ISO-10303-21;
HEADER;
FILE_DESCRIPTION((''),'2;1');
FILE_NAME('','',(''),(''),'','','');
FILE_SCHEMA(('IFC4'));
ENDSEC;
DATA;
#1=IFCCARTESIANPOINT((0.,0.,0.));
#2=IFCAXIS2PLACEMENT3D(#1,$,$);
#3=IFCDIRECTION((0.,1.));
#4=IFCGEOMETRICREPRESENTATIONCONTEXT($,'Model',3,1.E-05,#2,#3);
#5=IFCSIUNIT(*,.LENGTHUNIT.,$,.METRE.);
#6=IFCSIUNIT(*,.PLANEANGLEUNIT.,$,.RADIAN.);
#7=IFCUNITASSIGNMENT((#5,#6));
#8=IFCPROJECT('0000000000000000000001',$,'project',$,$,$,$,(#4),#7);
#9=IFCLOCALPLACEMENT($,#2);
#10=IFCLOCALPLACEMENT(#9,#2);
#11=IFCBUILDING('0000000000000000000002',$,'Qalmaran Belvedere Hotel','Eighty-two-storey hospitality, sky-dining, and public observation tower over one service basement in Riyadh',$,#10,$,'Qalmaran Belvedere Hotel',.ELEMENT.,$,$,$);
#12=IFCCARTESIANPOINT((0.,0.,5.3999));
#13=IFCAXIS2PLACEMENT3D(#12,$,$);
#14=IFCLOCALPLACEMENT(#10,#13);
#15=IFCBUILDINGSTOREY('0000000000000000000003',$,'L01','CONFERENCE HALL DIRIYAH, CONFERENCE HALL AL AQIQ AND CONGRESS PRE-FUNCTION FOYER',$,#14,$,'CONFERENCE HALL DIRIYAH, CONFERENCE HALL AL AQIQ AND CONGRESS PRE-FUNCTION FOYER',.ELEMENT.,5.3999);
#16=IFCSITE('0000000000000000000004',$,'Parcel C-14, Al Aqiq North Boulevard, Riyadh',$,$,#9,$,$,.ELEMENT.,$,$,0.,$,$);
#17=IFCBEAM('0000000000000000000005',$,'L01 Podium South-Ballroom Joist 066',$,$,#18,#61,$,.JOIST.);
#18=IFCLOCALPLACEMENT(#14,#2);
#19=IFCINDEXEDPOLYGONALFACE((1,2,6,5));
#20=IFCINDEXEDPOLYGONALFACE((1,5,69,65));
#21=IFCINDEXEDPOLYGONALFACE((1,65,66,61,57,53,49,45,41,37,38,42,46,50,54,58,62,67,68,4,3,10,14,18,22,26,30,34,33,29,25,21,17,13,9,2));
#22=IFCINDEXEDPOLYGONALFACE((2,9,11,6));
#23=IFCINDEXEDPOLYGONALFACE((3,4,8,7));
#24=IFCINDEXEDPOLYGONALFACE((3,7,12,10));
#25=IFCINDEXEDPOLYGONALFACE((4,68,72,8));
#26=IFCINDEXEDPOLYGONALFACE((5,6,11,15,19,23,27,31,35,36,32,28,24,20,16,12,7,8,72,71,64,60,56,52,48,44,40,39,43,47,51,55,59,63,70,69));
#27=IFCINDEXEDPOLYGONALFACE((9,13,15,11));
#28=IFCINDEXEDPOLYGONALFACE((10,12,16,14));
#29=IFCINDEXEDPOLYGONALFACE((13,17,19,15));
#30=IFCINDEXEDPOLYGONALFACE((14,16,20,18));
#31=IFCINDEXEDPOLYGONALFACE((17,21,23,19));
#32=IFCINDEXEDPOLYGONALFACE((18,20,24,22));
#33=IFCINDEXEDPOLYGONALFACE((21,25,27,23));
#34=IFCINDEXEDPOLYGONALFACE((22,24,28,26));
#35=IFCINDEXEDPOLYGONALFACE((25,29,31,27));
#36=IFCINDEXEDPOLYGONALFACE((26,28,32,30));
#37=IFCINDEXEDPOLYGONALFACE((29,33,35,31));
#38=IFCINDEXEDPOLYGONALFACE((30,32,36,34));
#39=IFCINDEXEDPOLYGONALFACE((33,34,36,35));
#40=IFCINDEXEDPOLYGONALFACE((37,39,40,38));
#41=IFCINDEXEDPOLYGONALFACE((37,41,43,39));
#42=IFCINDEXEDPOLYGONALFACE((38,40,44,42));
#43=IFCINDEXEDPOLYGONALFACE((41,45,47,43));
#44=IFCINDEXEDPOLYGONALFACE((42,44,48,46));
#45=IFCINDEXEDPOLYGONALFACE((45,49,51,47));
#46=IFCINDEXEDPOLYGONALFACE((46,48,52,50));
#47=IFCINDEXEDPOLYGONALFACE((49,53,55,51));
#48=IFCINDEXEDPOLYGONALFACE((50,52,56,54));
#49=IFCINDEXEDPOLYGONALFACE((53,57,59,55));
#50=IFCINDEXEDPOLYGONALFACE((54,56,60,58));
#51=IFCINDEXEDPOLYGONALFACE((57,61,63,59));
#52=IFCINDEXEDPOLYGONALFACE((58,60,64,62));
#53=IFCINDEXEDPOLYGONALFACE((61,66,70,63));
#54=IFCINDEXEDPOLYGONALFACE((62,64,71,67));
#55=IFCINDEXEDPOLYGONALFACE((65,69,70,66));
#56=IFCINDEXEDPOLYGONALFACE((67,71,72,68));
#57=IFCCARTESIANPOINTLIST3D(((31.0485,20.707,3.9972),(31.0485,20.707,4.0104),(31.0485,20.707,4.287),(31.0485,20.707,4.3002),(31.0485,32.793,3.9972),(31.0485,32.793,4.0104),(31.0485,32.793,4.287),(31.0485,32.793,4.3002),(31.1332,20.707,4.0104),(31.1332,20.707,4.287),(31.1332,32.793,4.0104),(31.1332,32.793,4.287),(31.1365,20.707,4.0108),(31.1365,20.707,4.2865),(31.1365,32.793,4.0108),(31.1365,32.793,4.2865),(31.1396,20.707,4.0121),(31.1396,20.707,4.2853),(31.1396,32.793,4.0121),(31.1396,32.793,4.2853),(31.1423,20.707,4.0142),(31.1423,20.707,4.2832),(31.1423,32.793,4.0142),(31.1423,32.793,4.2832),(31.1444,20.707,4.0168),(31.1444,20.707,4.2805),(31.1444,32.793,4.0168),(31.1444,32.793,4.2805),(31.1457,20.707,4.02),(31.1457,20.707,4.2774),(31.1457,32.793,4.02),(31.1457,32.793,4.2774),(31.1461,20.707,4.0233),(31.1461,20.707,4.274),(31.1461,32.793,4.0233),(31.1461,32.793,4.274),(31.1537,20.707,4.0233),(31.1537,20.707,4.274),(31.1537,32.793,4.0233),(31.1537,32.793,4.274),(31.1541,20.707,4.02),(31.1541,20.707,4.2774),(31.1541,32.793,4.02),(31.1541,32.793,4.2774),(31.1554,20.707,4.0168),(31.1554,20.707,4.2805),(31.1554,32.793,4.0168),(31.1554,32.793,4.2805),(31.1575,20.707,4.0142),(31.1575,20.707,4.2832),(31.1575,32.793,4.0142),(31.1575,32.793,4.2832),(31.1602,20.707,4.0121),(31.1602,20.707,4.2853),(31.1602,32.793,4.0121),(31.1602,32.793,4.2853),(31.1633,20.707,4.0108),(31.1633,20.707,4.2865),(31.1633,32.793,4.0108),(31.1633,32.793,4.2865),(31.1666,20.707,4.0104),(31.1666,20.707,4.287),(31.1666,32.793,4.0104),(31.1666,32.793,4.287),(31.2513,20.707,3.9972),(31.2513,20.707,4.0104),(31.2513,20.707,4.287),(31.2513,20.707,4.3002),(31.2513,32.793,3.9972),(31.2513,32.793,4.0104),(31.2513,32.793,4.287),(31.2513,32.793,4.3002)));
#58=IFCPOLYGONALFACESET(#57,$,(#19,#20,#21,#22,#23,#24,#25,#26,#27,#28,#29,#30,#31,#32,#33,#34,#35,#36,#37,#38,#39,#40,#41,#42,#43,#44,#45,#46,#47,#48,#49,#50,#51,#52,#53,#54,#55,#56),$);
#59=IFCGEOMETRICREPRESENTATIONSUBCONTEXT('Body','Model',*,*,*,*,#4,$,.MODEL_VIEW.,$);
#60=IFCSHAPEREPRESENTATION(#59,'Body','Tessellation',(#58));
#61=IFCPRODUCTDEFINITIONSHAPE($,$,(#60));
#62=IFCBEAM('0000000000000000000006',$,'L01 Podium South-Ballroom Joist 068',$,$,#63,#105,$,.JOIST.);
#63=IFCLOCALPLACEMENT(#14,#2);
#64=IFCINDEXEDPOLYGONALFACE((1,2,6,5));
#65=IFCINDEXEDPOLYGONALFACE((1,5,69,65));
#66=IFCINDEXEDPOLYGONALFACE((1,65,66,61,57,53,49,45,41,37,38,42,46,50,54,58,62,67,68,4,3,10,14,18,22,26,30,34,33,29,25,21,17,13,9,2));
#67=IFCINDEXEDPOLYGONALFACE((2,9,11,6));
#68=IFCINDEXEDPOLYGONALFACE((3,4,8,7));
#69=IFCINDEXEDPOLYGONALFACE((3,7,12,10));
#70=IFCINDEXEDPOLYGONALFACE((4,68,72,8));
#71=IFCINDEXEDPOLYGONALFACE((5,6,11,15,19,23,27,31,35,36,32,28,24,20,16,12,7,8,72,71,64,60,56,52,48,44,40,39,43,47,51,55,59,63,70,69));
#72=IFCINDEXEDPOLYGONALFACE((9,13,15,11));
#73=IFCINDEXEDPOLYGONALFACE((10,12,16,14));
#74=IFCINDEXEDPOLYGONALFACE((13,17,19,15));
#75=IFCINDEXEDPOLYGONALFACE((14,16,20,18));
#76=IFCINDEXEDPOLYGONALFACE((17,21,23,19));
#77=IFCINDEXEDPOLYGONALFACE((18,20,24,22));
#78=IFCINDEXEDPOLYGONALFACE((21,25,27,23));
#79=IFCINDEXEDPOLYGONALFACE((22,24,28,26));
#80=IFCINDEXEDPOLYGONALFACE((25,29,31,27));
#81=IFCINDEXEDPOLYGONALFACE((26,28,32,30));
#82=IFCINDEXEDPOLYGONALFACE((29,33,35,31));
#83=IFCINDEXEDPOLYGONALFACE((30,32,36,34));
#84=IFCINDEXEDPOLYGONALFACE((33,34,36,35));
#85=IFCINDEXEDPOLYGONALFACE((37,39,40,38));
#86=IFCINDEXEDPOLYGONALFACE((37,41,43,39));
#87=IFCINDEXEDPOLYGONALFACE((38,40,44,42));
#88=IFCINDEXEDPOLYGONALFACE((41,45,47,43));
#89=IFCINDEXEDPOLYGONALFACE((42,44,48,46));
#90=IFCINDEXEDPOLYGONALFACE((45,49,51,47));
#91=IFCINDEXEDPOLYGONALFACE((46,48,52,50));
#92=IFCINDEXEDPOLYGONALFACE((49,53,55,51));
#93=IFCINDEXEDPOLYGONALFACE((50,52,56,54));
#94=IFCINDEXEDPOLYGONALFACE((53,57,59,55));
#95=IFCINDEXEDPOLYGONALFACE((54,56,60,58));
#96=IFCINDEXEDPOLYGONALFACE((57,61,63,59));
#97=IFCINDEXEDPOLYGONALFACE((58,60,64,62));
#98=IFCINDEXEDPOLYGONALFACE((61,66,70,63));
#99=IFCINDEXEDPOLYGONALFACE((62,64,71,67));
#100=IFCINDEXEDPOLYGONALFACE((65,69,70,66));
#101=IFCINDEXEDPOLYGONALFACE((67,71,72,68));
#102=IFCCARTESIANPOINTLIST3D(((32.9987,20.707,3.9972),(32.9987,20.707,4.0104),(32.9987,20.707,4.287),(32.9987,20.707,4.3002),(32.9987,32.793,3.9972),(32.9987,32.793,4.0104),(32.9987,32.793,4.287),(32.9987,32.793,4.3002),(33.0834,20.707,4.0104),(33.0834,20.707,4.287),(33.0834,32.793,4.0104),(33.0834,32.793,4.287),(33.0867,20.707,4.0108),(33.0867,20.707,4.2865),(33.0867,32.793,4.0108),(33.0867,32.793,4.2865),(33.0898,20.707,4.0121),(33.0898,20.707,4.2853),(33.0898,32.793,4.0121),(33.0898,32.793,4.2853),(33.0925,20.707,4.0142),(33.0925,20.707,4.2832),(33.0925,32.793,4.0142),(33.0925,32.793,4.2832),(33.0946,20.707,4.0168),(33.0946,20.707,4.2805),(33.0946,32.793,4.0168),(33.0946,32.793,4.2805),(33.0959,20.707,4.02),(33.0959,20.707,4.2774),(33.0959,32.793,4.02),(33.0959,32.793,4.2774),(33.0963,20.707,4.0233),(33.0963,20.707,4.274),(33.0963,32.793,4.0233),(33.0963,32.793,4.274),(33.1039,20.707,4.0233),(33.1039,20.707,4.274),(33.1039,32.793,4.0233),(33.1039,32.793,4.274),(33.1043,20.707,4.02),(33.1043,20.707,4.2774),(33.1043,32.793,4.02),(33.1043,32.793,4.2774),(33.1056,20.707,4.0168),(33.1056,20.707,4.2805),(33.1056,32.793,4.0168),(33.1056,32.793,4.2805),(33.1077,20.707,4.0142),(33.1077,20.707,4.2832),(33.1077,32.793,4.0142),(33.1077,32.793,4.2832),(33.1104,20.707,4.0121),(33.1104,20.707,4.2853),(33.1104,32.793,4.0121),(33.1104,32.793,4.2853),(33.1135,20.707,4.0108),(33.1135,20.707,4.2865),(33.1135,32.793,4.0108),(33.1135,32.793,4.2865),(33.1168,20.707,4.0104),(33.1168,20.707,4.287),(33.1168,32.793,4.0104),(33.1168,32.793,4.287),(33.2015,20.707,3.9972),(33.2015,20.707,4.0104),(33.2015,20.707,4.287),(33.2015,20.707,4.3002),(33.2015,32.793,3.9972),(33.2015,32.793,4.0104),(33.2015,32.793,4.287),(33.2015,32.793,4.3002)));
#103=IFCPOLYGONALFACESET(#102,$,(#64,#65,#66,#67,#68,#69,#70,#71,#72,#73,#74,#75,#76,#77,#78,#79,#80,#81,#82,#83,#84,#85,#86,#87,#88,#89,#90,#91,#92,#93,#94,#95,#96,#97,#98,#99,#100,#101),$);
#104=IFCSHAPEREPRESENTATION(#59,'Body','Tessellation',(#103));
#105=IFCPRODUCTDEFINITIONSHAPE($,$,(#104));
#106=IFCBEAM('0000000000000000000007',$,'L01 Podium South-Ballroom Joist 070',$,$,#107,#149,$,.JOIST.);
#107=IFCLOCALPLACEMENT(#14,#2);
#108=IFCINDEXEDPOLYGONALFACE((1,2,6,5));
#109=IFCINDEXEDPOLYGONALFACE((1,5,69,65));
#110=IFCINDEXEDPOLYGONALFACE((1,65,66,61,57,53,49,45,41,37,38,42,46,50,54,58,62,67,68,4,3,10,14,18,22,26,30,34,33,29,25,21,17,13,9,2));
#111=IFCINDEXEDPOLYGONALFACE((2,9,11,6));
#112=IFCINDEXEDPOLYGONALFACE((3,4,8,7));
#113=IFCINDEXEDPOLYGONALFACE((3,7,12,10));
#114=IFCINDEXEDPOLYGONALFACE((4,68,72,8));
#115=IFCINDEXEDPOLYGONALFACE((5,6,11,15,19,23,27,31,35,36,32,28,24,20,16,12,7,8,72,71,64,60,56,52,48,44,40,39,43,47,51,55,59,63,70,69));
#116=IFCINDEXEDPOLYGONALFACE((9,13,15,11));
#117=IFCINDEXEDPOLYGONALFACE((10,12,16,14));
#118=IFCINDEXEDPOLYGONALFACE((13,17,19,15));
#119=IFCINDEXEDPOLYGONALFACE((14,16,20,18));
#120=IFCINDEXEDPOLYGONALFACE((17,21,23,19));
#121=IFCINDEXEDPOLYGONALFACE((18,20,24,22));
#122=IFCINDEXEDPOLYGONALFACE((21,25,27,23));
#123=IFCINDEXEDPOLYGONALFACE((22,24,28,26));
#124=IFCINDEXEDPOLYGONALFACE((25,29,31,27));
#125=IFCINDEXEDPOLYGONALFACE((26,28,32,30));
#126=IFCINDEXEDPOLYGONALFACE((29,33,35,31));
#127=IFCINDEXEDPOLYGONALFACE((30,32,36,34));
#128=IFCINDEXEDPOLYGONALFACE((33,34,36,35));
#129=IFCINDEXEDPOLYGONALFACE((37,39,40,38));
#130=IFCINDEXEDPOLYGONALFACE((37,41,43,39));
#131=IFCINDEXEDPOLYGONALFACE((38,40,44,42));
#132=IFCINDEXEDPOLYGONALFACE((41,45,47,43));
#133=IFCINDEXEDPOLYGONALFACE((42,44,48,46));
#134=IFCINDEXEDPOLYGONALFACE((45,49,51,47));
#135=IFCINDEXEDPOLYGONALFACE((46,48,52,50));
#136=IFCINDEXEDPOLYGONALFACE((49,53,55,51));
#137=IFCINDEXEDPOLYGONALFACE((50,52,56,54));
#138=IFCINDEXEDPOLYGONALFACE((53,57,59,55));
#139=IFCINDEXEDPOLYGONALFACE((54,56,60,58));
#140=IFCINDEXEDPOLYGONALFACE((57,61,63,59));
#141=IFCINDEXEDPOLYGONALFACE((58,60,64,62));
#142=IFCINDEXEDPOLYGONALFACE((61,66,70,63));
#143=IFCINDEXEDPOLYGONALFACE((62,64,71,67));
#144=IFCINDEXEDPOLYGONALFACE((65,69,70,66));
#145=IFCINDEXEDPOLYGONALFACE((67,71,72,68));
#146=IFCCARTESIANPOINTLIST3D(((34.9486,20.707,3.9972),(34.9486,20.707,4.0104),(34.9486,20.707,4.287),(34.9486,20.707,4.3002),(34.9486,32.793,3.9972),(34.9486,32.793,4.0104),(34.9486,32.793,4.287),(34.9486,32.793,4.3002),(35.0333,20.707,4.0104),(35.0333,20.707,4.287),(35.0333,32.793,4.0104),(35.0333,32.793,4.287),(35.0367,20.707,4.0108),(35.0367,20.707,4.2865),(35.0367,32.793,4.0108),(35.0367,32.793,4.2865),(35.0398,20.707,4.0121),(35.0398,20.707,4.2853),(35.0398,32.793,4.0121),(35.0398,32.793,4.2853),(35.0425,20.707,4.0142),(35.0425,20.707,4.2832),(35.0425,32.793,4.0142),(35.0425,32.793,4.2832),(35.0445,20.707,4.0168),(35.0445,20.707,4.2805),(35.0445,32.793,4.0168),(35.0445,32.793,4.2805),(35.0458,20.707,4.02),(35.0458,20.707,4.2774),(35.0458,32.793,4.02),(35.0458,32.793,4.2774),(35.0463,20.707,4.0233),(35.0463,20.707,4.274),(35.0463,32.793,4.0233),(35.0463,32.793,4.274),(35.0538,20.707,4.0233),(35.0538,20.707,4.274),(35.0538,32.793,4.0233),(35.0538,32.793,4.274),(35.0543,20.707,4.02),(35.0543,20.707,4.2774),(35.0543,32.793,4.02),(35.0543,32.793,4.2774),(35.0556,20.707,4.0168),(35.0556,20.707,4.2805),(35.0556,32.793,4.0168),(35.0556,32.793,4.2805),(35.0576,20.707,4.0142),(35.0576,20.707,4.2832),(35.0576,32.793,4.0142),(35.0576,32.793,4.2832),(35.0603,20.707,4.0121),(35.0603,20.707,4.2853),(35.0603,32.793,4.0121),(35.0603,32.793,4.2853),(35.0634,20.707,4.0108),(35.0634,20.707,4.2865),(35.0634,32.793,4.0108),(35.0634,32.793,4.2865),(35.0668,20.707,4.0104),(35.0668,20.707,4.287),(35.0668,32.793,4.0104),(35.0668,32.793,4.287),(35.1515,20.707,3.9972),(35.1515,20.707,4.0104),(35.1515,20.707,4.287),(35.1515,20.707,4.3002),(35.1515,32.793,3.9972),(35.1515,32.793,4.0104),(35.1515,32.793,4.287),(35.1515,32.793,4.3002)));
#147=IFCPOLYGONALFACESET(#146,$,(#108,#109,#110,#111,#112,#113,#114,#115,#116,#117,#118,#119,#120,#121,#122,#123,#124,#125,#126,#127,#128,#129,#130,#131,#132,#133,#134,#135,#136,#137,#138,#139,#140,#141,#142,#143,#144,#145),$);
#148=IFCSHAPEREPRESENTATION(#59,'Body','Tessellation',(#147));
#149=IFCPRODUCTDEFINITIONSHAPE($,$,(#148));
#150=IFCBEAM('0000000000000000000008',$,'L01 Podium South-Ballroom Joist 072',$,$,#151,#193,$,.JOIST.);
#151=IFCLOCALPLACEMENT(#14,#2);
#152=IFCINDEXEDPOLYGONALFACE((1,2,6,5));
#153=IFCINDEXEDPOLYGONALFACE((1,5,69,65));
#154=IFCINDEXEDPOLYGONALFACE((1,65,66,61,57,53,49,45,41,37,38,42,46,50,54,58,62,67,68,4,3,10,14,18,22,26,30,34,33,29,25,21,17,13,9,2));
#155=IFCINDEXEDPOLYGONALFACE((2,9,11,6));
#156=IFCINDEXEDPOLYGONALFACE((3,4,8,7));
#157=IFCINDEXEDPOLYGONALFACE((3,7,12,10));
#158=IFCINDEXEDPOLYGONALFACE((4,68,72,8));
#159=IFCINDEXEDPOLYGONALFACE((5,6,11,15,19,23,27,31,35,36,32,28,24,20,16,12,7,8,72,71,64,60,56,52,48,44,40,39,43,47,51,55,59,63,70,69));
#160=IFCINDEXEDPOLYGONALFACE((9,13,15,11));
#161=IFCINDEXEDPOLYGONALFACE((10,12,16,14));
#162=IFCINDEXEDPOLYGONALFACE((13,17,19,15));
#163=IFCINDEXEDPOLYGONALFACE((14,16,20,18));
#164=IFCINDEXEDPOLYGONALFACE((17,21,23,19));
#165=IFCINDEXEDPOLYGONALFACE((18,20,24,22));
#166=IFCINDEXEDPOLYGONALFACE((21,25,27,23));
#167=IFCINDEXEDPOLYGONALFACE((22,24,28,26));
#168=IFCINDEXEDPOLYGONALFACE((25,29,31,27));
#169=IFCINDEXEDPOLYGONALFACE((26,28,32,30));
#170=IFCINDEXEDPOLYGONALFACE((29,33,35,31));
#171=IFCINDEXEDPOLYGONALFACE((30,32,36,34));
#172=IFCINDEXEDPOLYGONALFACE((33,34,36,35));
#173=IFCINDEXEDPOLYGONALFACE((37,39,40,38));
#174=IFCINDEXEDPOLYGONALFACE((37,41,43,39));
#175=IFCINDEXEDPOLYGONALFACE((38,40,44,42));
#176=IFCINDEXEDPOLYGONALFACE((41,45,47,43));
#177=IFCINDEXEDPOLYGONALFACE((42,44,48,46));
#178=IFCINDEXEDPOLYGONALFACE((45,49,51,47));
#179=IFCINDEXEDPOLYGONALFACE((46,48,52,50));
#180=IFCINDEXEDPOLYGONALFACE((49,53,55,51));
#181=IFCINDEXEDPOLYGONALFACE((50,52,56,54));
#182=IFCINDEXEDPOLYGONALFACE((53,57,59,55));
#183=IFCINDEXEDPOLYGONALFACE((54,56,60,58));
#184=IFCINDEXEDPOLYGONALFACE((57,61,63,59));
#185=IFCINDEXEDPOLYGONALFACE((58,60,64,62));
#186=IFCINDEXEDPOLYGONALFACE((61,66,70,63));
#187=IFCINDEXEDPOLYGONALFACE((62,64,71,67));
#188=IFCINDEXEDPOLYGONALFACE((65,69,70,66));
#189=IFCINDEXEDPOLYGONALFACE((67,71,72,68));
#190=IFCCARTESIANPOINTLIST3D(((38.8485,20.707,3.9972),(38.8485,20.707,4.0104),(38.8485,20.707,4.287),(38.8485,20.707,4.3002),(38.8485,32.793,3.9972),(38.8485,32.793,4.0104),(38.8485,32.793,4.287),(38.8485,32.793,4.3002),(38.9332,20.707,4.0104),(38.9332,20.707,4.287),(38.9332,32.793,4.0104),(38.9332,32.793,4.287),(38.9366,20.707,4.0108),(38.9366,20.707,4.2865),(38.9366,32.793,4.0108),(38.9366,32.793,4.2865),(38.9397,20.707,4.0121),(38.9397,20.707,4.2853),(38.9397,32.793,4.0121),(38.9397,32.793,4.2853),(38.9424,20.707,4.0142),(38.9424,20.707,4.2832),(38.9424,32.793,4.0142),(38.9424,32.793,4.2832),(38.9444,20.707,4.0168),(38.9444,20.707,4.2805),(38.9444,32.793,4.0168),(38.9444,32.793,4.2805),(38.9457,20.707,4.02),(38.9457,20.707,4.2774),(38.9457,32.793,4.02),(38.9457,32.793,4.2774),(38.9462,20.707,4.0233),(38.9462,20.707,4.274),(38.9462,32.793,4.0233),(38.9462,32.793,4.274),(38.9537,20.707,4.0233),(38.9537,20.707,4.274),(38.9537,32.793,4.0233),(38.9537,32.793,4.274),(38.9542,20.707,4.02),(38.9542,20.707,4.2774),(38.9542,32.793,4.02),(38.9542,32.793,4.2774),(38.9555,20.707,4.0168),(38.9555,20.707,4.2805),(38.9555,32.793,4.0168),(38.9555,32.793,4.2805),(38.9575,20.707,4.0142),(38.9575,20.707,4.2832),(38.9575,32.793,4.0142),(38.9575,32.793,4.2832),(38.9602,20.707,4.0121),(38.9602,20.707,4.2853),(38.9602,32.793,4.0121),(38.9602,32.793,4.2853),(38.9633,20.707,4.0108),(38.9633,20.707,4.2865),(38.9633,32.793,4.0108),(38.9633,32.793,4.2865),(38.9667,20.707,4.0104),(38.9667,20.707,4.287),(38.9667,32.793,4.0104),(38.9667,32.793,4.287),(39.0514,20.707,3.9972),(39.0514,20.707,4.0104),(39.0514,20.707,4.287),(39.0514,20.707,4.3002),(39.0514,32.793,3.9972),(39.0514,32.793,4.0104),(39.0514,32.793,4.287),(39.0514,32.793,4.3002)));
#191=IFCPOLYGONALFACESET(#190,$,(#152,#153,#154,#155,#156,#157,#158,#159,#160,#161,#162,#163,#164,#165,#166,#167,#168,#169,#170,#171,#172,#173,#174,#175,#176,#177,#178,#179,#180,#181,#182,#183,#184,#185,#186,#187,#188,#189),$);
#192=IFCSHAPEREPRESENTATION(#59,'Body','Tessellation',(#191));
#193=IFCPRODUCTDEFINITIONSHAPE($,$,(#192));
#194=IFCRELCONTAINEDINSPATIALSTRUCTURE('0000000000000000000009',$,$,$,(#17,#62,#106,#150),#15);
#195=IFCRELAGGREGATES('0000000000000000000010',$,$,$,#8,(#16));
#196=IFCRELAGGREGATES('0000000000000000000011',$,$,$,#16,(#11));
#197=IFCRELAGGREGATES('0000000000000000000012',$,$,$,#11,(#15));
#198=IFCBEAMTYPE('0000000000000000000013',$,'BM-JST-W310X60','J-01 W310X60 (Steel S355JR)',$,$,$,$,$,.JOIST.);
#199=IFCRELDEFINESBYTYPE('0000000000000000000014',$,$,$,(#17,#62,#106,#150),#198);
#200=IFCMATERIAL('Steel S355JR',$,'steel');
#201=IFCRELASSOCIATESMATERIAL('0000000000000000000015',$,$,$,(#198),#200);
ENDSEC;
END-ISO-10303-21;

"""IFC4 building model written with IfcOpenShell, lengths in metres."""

from ifc_helpers import new_model, si_unit, direction, frame, origin, origin_2d, place, context, subcontext, project, spatial, i_section, extrude, material, material_profile, profile_set, type_object, element, save


model = new_model("IFC4")

# Units and contexts
model_context = context("Model", 3, precision=1e-05, world=origin(), true_north=direction((0.0, 1.0)))
body_context = subcontext(model_context, "Body", "Model", "MODEL_VIEW")
ifc_project = project(units=[si_unit("LENGTHUNIT", "METRE"), si_unit("PLANEANGLEUNIT", "RADIAN")], contexts=[model_context])

# Site, building, storey
site_placement = place(None, origin())
site = spatial("IfcSite", under=ifc_project, at=site_placement, Name="Parcel C-14, Al Aqiq North Boulevard, Riyadh", CompositionType="ELEMENT", RefElevation=0.0)
building_placement = place(site_placement, origin())
building = spatial("IfcBuilding", under=site, at=building_placement, Name="Qalmaran Belvedere Hotel", Description="Eighty-two-storey hospitality, sky-dining, and public observation tower over one service basement in Riyadh", LongName="Qalmaran Belvedere Hotel", CompositionType="ELEMENT")
storey_placement = place(building_placement, frame((0.0, 0.0, 5.3999)))
storey = spatial("IfcBuildingStorey", under=building, at=storey_placement, Name="L01", Description="CONFERENCE HALL DIRIYAH, CONFERENCE HALL AL AQIQ AND CONGRESS PRE-FUNCTION FOYER", LongName="CONFERENCE HALL DIRIYAH, CONFERENCE HALL AL AQIQ AND CONGRESS PRE-FUNCTION FOYER", CompositionType="ELEMENT", Elevation=5.3999)

# Beams
ifc_material_1 = material(Name="Steel S355JR", Category="steel")
ifc_material_profile_1 = material_profile(ifc_material_1, i_section(OverallWidth=0.2029, OverallDepth=0.303, WebThickness=0.0076, FlangeThickness=0.0132, FilletRadius=0.0129, at=origin_2d()), Name="W310X60")
ifc_profile_set_1 = profile_set([ifc_material_profile_1], Name="Steel S355JR")
beam_type_1 = type_object("IfcBeamType", Name="BM-JST-W310X60", Description="J-01 W310X60 (Steel S355JR)", PredefinedType="JOIST", material=ifc_profile_set_1)
for number, where, z_axis, x_axis, name in (
    (1, (31.1499, 20.707, 4.1487), (0.0, 1.0, 0.0), (-1.0, 0.0, 0.0), "L01 Podium South-Ballroom Joist 066"),
    (2, (33.1001, 20.707, 4.1487), (0.0, 1.0, 0.0), (-1.0, 0.0, 0.0), "L01 Podium South-Ballroom Joist 068"),
    (3, (35.05, 20.707, 4.1487), (0.0, 1.0, 0.0), (-1.0, 0.0, 0.0), "L01 Podium South-Ballroom Joist 070"),
    (4, (38.95, 20.707, 4.1487), (0.0, 1.0, 0.0), (-1.0, 0.0, 0.0), "L01 Podium South-Ballroom Joist 072"),
):
    element("IfcBeam", number, at=place(storey_placement, frame(where, z_axis=z_axis, x_axis=x_axis)), inside=storey, type_object=beam_type_1, Name=name, PredefinedType="JOIST", context=body_context, shape_type="SweptSolid", body=[
        extrude(i_section(OverallWidth=0.2029, OverallDepth=0.303, WebThickness=0.0076, FlangeThickness=0.0132, FilletRadius=0.0129, at=origin_2d()), origin(), (0.0, 0.0, 1.0), 12.0859),
    ])

save(model, "model.ifc")
